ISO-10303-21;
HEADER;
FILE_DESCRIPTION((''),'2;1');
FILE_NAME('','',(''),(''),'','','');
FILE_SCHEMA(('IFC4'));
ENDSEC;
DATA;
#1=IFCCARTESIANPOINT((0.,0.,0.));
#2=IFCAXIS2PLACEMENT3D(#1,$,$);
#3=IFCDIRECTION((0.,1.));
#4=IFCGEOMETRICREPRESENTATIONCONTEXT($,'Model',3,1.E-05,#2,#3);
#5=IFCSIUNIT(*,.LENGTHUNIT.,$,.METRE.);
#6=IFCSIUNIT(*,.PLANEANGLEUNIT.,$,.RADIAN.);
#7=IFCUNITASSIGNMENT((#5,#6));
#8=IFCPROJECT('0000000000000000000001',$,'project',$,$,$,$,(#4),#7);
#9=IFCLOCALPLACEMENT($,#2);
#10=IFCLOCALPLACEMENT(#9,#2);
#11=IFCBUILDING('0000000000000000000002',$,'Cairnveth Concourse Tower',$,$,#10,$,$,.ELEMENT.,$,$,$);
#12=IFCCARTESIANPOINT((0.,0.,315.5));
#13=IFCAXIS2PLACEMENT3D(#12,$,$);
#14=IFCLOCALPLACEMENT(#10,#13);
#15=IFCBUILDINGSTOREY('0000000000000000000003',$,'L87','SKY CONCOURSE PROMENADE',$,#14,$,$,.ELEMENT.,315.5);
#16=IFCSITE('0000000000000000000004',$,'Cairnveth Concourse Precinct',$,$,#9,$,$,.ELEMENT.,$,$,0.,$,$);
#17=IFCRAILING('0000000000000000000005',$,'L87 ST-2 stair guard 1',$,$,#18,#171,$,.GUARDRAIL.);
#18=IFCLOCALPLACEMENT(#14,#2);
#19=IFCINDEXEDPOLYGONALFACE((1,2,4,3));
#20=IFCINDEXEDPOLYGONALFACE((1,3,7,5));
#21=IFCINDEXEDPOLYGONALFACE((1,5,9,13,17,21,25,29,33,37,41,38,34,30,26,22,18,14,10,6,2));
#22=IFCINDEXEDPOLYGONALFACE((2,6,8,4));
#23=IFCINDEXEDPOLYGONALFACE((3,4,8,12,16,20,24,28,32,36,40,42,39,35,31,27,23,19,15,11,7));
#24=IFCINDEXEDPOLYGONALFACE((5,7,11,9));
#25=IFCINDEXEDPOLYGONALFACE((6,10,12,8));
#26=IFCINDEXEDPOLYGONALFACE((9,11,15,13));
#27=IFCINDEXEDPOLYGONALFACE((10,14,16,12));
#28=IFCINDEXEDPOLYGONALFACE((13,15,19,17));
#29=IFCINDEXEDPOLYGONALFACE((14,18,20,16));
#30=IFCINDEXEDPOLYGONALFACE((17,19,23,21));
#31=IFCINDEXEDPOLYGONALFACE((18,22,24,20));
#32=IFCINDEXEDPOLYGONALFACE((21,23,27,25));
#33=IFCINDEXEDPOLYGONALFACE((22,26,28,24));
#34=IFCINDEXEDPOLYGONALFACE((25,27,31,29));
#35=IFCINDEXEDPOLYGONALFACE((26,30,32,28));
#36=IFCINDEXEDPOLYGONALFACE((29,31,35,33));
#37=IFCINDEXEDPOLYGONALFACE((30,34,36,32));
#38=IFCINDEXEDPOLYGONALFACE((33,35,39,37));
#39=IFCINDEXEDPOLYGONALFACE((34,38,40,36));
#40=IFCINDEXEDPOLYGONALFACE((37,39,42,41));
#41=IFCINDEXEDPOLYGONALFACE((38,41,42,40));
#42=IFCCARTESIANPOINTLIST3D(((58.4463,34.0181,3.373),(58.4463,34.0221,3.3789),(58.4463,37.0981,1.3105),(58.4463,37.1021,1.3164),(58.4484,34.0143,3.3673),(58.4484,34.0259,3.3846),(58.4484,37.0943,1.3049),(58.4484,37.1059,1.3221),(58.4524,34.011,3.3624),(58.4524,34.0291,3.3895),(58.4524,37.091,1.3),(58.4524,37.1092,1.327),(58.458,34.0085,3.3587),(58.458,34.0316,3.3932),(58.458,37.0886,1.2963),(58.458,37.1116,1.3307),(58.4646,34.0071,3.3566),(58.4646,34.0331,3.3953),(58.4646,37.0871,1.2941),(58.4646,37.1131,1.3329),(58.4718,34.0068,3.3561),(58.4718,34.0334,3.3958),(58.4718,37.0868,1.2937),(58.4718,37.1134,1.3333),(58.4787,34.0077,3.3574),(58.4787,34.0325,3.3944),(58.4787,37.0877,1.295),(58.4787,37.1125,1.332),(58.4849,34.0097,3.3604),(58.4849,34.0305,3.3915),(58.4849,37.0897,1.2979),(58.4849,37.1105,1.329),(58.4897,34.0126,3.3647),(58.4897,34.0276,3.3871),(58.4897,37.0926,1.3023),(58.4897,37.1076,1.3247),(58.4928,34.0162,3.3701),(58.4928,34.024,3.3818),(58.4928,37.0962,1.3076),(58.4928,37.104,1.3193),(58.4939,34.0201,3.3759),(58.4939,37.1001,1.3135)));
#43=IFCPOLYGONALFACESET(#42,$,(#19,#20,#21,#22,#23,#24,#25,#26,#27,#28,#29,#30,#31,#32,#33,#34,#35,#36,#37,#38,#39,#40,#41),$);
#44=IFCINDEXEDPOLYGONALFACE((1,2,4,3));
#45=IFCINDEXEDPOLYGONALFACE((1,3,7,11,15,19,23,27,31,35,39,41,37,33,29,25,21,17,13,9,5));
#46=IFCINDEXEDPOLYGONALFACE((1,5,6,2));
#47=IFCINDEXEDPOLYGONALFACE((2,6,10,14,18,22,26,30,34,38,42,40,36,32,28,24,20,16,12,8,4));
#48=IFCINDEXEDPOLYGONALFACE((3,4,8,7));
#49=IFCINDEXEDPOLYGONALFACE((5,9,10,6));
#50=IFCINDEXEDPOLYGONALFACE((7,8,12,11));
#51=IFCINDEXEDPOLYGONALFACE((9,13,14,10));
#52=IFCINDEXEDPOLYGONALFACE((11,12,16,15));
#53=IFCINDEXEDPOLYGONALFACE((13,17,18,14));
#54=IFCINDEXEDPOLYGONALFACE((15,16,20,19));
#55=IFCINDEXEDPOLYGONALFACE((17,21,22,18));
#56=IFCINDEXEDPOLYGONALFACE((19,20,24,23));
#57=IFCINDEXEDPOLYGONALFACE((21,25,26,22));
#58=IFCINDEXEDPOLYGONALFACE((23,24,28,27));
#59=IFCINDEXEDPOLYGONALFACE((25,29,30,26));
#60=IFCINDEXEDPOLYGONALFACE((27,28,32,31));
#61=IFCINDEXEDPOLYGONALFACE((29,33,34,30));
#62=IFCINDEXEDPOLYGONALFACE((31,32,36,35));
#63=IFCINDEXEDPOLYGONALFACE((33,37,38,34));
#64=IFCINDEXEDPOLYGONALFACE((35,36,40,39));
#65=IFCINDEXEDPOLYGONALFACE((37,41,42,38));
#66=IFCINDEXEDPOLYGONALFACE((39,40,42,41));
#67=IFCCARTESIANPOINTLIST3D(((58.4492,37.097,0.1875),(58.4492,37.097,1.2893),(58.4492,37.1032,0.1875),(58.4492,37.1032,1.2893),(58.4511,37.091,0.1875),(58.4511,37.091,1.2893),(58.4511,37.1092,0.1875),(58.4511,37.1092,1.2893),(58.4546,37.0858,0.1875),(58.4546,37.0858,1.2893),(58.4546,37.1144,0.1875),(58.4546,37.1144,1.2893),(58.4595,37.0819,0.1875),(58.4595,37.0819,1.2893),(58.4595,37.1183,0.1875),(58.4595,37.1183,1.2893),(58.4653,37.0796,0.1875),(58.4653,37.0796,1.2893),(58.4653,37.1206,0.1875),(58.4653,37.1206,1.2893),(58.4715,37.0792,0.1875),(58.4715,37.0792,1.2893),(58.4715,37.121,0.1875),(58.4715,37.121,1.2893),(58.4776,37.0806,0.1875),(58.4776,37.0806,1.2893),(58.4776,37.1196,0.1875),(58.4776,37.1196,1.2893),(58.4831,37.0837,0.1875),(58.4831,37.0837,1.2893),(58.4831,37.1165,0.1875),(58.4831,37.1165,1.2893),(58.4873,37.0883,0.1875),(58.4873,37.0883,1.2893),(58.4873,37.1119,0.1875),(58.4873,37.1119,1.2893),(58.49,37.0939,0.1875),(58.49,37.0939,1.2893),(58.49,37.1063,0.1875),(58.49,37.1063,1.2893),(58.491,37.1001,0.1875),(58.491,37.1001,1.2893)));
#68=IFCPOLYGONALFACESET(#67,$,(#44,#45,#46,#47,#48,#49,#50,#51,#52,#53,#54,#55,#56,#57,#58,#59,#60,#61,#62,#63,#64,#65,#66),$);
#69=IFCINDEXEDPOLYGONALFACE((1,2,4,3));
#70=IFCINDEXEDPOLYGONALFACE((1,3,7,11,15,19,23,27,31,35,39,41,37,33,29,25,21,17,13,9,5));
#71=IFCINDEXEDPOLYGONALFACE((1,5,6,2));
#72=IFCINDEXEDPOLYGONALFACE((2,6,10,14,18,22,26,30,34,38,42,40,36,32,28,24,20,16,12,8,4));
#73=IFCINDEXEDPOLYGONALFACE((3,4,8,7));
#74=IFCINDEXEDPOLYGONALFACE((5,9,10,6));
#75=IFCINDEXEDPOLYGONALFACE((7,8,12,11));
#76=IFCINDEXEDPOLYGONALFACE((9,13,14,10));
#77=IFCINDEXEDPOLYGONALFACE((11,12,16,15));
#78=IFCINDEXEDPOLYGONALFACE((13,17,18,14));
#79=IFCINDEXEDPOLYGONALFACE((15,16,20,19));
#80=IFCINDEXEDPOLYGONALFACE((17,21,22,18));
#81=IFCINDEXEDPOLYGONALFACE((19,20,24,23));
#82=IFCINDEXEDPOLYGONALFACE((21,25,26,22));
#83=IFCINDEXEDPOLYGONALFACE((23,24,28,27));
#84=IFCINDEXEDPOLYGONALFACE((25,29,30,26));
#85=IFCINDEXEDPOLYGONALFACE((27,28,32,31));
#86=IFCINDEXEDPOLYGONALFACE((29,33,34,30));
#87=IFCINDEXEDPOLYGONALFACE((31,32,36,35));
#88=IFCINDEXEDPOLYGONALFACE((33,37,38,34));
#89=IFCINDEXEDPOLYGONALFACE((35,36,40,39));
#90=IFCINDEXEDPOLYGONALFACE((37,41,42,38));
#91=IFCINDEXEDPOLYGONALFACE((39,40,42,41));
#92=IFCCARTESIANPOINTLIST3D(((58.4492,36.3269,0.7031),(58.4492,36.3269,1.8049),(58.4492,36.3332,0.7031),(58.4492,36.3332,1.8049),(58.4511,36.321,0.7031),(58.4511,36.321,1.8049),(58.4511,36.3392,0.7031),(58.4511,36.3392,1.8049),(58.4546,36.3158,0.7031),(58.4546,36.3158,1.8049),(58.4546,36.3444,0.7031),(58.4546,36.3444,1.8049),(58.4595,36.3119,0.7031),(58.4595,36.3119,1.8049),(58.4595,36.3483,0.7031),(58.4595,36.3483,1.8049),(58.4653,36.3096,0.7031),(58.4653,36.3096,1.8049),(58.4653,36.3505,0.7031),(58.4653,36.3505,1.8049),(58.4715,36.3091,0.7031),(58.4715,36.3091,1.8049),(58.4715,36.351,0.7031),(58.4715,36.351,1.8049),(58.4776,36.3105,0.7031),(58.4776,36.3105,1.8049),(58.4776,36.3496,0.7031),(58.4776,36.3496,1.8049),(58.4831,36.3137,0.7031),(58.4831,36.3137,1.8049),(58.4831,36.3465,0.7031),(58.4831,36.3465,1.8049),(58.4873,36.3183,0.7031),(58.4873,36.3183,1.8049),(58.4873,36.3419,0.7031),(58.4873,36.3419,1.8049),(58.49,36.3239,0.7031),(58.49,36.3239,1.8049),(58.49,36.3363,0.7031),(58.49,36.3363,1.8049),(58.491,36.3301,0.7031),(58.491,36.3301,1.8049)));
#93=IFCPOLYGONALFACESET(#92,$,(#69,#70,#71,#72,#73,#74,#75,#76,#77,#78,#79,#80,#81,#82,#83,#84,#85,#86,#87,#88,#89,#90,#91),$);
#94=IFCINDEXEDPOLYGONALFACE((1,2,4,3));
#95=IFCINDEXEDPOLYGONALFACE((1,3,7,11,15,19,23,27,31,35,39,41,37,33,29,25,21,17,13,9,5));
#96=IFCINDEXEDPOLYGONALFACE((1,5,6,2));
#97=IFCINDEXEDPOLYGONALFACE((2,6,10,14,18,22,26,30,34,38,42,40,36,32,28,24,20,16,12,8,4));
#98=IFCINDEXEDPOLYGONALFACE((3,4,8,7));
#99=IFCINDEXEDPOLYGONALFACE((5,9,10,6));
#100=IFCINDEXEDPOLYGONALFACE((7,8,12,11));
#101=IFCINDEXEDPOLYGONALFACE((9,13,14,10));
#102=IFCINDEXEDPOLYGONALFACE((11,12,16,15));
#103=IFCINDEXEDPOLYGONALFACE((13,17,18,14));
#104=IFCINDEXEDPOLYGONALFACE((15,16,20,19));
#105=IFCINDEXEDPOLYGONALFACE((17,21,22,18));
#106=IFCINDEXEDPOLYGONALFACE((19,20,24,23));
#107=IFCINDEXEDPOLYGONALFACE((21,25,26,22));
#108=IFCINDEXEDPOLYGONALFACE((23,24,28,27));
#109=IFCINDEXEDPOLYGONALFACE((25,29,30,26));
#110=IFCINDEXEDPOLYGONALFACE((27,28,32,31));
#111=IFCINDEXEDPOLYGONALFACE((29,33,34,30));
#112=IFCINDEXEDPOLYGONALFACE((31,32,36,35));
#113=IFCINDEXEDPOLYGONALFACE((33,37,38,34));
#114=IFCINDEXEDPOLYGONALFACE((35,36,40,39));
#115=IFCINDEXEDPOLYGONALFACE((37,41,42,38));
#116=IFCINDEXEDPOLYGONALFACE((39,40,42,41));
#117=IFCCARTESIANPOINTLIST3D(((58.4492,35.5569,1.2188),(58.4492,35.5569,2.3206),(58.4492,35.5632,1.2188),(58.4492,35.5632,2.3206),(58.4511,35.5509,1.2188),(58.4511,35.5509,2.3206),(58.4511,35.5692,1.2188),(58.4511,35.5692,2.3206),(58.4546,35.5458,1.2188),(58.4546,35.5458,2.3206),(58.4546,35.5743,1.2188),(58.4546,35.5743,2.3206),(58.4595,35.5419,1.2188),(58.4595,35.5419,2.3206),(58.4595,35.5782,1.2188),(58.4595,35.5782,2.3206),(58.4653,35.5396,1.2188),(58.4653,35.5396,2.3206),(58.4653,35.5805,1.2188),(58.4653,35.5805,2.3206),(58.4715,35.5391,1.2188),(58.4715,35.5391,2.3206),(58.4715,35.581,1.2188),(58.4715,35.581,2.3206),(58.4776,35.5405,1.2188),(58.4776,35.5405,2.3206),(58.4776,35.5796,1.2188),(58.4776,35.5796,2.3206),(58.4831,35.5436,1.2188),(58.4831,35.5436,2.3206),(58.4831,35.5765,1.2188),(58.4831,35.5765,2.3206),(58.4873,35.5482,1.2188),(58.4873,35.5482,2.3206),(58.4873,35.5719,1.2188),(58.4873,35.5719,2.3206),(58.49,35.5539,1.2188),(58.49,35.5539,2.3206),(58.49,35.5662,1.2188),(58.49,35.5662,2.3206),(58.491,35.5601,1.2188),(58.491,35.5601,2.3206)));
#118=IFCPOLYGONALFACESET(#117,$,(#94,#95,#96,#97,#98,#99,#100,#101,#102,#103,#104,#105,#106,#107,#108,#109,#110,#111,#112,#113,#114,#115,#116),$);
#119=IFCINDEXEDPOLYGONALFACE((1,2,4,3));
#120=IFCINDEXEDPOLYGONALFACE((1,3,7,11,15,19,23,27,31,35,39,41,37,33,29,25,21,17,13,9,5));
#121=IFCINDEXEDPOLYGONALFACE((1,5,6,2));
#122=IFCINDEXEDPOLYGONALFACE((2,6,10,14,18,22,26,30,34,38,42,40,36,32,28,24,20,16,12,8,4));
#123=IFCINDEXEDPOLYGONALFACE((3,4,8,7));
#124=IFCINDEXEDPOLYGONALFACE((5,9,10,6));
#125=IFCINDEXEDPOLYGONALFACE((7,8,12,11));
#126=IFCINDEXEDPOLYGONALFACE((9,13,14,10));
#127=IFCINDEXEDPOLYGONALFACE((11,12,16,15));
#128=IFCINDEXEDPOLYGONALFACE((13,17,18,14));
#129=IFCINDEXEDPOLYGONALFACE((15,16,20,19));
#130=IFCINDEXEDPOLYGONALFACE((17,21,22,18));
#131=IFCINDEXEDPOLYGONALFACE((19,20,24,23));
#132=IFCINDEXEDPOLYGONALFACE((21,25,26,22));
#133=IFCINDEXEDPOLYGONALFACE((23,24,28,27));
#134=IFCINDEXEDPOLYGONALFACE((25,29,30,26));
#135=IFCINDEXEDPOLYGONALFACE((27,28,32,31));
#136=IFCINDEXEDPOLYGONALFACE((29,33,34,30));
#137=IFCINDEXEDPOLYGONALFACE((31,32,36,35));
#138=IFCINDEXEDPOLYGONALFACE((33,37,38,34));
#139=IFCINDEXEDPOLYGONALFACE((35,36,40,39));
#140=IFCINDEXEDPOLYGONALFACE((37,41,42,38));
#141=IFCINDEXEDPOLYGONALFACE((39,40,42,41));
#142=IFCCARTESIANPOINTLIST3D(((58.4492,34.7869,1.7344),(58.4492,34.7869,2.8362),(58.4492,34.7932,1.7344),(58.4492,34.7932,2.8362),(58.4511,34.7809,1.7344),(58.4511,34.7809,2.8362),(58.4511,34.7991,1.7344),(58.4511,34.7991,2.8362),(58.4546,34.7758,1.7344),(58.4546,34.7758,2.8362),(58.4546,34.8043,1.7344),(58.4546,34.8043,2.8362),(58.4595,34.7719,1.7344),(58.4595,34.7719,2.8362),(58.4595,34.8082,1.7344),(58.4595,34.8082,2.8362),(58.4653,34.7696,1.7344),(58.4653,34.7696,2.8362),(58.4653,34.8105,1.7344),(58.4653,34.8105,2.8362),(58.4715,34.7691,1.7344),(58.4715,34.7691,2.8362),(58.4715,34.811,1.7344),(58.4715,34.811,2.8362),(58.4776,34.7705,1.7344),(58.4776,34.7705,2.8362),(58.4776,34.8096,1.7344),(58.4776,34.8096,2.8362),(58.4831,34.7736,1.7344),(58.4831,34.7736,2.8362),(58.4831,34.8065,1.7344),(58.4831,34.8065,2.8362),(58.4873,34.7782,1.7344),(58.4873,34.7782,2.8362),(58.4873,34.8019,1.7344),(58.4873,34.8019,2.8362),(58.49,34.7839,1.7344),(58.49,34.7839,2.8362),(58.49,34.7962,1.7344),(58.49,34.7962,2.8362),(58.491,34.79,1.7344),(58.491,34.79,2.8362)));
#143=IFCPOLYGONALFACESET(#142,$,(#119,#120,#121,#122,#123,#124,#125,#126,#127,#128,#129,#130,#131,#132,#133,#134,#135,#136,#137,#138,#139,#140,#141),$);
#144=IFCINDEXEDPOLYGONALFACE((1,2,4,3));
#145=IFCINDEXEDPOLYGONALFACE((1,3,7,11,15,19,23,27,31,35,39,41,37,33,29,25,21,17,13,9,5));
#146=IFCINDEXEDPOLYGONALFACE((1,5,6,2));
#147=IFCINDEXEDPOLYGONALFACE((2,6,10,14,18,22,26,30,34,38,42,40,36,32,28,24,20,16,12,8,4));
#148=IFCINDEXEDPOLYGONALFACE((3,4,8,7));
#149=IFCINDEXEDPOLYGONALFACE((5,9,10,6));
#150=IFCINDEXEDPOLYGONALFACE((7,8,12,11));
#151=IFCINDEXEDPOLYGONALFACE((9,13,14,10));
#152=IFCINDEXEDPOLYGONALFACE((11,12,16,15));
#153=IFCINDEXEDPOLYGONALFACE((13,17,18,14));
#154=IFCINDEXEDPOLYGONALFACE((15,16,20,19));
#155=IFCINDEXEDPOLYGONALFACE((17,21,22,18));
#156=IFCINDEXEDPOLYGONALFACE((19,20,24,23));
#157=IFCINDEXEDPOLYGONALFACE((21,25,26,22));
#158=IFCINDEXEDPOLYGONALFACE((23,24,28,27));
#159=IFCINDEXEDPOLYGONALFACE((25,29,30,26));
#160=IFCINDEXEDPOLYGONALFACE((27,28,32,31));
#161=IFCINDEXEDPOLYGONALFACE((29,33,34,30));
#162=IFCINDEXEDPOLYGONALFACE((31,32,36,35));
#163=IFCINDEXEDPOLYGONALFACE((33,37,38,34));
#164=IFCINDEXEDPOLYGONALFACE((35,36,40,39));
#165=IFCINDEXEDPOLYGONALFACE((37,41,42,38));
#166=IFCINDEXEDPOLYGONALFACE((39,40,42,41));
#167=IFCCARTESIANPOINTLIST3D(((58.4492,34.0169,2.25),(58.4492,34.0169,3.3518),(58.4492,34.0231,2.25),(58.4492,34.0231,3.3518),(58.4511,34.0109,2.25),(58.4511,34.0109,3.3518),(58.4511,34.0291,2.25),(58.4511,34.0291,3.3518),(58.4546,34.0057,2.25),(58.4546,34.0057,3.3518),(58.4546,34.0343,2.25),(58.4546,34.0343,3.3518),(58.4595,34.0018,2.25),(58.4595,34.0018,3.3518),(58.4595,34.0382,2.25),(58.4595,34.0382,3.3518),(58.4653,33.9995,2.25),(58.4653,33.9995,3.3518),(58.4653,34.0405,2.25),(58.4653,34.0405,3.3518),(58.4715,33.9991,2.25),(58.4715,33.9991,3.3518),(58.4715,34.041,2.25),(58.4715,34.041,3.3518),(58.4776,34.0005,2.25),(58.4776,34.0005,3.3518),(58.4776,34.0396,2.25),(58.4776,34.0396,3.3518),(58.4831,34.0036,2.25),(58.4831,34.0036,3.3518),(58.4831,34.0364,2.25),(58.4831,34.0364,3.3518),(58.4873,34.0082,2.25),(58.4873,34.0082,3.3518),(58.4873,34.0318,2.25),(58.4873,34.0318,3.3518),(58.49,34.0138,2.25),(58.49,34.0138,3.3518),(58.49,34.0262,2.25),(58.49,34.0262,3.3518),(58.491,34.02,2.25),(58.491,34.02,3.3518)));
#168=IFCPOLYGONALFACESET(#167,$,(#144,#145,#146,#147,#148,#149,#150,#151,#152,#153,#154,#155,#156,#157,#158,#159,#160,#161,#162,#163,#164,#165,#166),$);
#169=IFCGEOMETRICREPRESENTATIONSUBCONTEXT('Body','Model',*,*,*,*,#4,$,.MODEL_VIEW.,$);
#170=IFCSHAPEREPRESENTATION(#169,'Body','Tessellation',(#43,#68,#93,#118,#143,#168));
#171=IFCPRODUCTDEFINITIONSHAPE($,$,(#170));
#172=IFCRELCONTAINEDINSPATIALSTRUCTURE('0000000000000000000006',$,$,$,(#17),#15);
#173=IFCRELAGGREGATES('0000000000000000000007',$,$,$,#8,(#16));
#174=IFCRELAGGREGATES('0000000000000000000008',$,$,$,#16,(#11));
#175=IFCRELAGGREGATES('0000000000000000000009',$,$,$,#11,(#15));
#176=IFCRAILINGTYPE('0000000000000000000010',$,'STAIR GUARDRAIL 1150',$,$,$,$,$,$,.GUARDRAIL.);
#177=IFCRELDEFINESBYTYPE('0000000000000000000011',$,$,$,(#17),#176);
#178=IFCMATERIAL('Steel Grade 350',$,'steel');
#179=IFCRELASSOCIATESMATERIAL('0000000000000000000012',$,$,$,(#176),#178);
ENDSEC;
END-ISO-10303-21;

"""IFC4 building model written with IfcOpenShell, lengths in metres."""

from ifc_helpers import new_model, si_unit, direction, frame, origin, origin_2d, place, context, subcontext, project, spatial, circle, extrude, material, type_object, element, save


model = new_model("IFC4")

# Units and contexts
model_context = context("Model", 3, precision=1e-05, world=origin(), true_north=direction((0.0, 1.0)))
body_context = subcontext(model_context, "Body", "Model", "MODEL_VIEW")
ifc_project = project(units=[si_unit("LENGTHUNIT", "METRE"), si_unit("PLANEANGLEUNIT", "RADIAN")], contexts=[model_context])

# Site, building, storey
site_placement = place(None, origin())
site = spatial("IfcSite", under=ifc_project, at=site_placement, Name="Cairnveth Concourse Precinct", CompositionType="ELEMENT", RefElevation=0.0)
building_placement = place(site_placement, origin())
building = spatial("IfcBuilding", under=site, at=building_placement, Name="Cairnveth Concourse Tower", CompositionType="ELEMENT")
storey_placement = place(building_placement, frame((0.0, 0.0, 315.5)))
storey = spatial("IfcBuildingStorey", under=building, at=storey_placement, Name="L87", Description="SKY CONCOURSE PROMENADE", CompositionType="ELEMENT", Elevation=315.5)

# Shared definitions
ifc_material_1 = material(Name="Steel Grade 350", Category="steel")

# Railing
railing_type_1 = type_object("IfcRailingType", Name="STAIR GUARDRAIL 1150", PredefinedType="GUARDRAIL", material=ifc_material_1)
railing_1_placement = place(storey_placement, frame((58.47, 37.1001, 0.1875)))
element("IfcRailing", 1, at=railing_1_placement, inside=storey, type_object=railing_type_1, Name="L87 ST-2 stair guard 1", PredefinedType="GUARDRAIL", context=body_context, shape_type="SweptSolid", body=[
    extrude(circle(Radius=0.0239, at=origin_2d()), frame((0.0, 0.0, 1.126), z_axis=(0.0, -0.830914, 0.556401), x_axis=(1.0, 0.0, 0.0)), (0.0, 0.0, 1.0), 3.7068),
    extrude(circle(Radius=0.021, at=origin_2d()), origin(), (0.0, 0.0, 1.0), 1.1018),
    extrude(circle(Radius=0.021, at=origin_2d()), frame((0.0, -0.77, 0.5156)), (0.0, 0.0, 1.0), 1.1018),
    extrude(circle(Radius=0.021, at=origin_2d()), frame((0.0, -1.54, 1.0312)), (0.0, 0.0, 1.0), 1.1018),
    extrude(circle(Radius=0.021, at=origin_2d()), frame((0.0, -2.3101, 1.5469)), (0.0, 0.0, 1.0), 1.1018),
    extrude(circle(Radius=0.021, at=origin_2d()), frame((0.0, -3.0801, 2.0625)), (0.0, 0.0, 1.0), 1.1018),
])

save(model, "model.ifc")
